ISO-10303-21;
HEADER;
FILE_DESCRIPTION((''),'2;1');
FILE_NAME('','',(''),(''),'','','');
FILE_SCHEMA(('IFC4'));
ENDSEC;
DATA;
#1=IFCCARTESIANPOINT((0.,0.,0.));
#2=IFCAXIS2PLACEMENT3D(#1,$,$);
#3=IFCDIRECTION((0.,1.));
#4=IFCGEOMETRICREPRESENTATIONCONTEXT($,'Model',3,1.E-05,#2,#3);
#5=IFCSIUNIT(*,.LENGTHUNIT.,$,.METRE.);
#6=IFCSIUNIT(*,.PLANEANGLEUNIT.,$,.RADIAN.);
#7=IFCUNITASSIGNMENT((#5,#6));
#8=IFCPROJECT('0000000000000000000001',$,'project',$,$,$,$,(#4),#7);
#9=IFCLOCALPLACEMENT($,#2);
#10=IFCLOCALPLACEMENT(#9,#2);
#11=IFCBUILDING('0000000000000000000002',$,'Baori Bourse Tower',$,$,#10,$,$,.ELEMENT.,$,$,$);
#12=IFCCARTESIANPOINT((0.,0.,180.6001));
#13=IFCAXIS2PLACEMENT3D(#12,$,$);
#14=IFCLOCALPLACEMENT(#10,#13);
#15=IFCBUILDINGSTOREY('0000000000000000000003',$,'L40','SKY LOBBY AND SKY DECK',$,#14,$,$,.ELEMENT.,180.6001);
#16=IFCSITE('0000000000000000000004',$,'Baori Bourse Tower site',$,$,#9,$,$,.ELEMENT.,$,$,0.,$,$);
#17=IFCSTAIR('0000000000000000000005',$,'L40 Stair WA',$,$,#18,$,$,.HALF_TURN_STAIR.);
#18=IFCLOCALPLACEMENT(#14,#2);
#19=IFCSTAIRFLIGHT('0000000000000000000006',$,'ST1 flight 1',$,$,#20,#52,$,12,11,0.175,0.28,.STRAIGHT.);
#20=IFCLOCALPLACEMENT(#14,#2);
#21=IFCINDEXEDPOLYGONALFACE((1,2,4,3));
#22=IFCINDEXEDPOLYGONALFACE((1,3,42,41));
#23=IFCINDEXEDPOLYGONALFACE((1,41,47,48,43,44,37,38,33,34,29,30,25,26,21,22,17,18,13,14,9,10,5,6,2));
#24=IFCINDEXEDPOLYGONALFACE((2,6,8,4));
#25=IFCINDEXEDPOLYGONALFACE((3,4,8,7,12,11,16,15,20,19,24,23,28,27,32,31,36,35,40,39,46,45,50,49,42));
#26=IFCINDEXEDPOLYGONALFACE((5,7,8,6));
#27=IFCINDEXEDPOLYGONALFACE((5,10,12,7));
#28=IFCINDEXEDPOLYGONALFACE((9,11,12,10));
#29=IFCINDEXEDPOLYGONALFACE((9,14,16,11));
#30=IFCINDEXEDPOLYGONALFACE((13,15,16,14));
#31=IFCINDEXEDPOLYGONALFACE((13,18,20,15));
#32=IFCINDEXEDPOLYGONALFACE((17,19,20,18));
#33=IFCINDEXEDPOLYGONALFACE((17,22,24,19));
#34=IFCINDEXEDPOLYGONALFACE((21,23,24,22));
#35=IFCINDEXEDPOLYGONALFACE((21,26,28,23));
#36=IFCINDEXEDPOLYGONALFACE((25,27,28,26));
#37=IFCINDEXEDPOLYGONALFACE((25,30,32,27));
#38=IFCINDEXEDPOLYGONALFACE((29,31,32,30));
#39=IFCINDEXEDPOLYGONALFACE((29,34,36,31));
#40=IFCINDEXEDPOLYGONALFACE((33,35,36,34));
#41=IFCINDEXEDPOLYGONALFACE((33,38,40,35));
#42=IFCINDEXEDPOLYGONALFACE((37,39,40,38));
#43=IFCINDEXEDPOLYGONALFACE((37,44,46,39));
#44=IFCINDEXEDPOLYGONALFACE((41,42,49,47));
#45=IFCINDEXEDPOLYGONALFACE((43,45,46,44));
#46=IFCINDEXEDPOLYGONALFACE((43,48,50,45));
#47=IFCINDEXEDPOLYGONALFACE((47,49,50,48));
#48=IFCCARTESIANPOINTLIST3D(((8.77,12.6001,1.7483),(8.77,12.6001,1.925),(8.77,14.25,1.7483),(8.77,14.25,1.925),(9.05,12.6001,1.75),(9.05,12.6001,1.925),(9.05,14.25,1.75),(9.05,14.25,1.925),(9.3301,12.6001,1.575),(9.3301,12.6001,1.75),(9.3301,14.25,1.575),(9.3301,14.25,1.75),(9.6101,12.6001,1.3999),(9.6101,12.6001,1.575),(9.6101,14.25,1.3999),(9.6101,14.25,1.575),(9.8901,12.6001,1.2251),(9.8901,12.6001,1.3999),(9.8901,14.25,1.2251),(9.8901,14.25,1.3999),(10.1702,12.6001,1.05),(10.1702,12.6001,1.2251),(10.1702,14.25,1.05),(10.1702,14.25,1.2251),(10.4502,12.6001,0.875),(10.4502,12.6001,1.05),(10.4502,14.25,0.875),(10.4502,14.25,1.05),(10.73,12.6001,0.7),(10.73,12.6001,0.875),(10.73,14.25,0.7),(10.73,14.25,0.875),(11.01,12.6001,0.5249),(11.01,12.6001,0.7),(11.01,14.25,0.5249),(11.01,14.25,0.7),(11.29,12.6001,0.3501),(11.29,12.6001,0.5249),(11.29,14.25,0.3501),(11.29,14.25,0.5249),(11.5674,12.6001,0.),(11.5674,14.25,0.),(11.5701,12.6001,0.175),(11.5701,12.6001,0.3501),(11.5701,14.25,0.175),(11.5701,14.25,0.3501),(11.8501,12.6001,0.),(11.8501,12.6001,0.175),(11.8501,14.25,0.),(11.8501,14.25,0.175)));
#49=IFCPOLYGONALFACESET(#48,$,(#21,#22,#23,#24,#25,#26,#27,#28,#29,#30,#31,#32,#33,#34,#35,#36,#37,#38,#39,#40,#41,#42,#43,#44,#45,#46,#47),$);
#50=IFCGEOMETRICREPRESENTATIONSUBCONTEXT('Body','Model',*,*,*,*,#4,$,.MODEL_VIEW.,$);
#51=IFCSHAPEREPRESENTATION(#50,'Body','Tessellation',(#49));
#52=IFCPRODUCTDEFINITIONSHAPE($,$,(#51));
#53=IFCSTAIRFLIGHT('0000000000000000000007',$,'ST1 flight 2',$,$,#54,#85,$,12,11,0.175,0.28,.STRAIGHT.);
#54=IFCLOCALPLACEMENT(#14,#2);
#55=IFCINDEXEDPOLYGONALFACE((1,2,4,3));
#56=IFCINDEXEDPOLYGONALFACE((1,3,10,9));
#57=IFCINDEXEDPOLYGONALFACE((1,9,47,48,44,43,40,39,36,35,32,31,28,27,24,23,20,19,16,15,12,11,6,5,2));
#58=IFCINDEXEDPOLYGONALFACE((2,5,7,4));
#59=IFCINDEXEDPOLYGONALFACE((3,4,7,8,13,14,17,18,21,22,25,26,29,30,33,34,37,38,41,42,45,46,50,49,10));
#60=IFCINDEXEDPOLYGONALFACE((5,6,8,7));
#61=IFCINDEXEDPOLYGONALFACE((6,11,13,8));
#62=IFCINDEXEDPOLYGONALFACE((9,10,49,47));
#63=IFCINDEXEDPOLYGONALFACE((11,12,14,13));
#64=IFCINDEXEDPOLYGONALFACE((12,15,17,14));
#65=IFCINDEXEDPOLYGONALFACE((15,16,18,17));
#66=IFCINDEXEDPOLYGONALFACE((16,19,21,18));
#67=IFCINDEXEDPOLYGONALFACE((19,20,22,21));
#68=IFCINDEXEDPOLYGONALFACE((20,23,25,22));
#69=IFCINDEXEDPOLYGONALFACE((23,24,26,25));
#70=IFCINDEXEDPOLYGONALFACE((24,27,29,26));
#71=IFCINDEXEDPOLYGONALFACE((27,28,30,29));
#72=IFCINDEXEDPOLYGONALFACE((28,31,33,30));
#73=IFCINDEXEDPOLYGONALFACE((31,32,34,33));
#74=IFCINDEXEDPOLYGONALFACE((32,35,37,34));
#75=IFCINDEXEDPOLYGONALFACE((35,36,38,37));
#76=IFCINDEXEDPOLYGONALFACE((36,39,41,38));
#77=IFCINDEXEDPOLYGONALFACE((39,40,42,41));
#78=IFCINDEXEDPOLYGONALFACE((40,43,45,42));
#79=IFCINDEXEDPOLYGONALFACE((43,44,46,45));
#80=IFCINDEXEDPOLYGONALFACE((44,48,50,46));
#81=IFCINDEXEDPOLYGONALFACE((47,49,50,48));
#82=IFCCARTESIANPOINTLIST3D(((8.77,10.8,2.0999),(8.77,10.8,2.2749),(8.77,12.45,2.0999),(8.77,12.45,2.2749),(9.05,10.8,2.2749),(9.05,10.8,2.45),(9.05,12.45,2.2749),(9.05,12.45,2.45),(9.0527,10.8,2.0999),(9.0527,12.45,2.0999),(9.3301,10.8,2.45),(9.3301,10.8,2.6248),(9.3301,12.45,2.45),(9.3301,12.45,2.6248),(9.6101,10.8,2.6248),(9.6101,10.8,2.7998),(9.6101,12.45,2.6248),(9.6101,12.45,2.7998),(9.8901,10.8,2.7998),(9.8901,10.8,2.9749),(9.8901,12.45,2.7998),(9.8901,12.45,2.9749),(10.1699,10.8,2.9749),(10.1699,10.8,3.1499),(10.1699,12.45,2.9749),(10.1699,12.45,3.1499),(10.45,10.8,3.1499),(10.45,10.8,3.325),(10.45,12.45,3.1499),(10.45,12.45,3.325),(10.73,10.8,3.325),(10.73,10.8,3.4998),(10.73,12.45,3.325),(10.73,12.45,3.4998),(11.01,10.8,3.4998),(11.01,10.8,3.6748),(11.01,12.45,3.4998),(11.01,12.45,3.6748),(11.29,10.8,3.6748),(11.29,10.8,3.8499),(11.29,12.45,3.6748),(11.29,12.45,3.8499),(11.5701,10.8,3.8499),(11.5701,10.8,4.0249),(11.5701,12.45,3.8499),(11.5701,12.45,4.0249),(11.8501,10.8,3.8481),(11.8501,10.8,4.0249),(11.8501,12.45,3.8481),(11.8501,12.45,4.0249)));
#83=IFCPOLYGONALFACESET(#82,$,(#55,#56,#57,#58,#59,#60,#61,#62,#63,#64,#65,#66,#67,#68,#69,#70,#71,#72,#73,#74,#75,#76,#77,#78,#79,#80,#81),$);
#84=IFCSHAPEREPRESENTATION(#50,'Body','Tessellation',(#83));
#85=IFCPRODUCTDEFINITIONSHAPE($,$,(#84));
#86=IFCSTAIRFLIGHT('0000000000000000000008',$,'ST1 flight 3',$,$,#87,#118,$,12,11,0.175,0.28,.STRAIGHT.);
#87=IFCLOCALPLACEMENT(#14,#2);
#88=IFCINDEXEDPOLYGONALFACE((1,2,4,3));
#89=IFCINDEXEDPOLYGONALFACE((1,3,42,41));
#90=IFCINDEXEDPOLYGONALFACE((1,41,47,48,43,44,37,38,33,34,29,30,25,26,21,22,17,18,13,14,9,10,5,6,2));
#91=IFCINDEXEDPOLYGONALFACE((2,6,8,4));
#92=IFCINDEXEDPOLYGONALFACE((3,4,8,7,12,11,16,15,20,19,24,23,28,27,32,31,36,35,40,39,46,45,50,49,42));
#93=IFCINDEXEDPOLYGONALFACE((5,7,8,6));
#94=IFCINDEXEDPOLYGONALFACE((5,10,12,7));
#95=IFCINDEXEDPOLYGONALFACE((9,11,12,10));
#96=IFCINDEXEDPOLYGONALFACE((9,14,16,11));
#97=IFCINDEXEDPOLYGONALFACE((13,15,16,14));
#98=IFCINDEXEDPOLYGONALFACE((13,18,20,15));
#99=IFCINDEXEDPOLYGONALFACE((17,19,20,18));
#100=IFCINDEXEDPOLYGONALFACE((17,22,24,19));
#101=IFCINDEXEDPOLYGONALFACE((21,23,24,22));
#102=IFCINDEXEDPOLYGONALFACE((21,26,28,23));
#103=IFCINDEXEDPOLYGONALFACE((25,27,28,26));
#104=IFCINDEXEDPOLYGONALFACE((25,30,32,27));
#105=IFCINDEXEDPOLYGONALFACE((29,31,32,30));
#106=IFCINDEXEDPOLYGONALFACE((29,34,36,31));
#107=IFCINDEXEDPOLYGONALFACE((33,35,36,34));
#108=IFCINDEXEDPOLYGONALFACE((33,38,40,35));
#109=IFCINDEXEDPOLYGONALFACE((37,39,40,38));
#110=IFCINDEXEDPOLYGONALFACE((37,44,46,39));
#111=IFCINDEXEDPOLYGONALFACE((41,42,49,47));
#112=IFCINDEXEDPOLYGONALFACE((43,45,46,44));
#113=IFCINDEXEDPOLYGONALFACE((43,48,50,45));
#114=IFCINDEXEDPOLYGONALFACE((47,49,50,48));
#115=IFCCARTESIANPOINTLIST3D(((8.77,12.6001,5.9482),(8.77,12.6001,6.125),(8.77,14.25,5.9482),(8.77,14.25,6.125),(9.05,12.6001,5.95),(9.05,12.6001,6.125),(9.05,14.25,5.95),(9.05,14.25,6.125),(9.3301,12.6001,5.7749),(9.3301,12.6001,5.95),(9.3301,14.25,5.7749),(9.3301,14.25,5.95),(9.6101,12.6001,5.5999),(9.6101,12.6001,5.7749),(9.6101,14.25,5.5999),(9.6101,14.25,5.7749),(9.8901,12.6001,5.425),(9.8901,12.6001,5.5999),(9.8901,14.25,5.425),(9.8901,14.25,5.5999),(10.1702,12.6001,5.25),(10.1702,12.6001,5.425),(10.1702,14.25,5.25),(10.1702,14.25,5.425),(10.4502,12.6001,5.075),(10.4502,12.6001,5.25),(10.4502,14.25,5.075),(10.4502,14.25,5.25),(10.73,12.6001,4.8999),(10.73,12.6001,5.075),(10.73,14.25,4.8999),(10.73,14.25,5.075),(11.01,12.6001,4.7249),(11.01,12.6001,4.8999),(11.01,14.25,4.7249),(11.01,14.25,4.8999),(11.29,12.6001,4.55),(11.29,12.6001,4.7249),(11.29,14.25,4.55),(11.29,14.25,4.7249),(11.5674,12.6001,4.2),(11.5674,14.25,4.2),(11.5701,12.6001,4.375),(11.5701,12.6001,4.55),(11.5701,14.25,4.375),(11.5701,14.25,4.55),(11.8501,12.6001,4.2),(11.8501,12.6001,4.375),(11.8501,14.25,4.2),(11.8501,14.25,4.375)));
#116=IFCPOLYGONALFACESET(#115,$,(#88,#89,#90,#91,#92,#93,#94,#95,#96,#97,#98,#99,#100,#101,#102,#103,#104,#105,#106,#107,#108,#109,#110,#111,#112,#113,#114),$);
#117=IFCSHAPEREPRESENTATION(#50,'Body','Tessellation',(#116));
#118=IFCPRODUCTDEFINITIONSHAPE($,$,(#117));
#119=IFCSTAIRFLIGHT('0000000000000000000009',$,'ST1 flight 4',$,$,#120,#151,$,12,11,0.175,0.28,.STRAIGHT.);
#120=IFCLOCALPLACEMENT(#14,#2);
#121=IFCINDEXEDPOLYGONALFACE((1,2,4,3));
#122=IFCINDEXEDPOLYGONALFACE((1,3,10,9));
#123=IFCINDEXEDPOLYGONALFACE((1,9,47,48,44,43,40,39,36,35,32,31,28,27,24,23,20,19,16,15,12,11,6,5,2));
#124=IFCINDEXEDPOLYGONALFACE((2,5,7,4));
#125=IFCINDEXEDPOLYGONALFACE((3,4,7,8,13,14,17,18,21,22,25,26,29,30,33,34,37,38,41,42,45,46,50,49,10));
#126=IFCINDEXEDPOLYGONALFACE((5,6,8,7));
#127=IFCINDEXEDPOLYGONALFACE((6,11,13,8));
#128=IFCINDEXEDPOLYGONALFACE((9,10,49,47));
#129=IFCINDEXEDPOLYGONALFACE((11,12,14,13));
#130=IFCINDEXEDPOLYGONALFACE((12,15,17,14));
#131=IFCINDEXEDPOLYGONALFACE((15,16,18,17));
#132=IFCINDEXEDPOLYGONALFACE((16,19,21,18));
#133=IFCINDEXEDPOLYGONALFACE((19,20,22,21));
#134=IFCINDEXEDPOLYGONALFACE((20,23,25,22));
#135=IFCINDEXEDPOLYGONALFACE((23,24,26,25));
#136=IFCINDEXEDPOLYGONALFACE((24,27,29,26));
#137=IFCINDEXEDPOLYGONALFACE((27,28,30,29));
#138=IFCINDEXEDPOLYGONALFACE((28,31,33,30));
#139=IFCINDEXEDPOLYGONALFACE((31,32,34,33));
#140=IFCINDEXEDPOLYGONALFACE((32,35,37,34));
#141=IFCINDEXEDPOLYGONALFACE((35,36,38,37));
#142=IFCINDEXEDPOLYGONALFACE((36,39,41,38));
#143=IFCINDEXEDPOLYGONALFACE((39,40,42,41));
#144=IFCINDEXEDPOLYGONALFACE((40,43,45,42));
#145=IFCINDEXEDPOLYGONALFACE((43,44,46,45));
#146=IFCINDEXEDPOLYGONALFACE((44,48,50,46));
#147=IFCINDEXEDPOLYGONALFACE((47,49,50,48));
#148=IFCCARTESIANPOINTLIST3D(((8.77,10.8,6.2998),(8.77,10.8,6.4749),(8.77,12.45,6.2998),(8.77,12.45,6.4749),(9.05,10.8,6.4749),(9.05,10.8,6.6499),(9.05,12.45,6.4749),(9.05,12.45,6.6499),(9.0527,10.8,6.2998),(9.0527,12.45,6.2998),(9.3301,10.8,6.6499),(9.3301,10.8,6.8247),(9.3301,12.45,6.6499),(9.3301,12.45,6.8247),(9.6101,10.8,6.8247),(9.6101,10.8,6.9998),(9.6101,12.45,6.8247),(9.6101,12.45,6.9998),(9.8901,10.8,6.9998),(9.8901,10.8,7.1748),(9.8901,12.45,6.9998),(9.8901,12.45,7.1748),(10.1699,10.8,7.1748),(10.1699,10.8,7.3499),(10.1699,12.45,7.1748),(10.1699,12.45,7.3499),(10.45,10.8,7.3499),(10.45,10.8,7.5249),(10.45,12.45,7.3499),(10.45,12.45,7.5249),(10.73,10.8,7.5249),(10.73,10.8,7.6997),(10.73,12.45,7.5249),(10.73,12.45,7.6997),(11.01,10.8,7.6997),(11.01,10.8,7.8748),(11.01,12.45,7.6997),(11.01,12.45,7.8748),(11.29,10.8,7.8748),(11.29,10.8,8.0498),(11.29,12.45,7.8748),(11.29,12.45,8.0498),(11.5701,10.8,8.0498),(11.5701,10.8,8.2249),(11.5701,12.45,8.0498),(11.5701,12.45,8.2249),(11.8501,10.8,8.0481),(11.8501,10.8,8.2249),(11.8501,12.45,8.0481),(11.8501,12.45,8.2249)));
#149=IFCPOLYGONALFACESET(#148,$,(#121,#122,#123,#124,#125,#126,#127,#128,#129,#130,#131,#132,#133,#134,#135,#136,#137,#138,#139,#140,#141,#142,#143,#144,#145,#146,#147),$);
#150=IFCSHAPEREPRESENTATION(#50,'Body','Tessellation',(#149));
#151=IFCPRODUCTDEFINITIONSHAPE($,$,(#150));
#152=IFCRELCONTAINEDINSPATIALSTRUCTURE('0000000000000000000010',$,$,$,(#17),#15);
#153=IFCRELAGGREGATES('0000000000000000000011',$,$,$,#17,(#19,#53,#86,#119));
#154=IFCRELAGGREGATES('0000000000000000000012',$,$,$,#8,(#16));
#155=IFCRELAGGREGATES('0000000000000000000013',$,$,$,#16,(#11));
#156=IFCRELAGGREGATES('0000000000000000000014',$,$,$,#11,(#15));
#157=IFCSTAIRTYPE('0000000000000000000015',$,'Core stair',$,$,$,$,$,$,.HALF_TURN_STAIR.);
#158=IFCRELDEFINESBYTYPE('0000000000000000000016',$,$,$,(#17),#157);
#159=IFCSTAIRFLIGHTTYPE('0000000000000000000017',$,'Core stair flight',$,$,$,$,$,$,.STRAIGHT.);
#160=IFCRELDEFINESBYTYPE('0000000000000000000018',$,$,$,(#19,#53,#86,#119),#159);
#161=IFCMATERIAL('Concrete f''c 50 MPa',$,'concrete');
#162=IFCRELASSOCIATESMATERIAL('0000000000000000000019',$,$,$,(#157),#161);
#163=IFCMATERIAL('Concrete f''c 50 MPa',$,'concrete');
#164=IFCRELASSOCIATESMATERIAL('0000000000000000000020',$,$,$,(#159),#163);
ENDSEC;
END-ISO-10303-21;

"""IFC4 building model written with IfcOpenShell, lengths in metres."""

from ifc_helpers import new_model, si_unit, direction, frame, origin, place, context, subcontext, project, spatial, polyline, outline, extrude, material, type_object, element, aggregate, save


model = new_model("IFC4")

# Units and contexts
model_context = context("Model", 3, precision=1e-05, world=origin(), true_north=direction((0.0, 1.0)))
body_context = subcontext(model_context, "Body", "Model", "MODEL_VIEW")
ifc_project = project(units=[si_unit("LENGTHUNIT", "METRE"), si_unit("PLANEANGLEUNIT", "RADIAN")], contexts=[model_context])

# Site, building, storey
site_placement = place(None, origin())
site = spatial("IfcSite", under=ifc_project, at=site_placement, Name="Baori Bourse Tower site", CompositionType="ELEMENT", RefElevation=0.0)
building_placement = place(site_placement, origin())
building = spatial("IfcBuilding", under=site, at=building_placement, Name="Baori Bourse Tower", CompositionType="ELEMENT")
storey_placement = place(building_placement, frame((0.0, 0.0, 180.6001)))
storey = spatial("IfcBuildingStorey", under=building, at=storey_placement, Name="L40", Description="SKY LOBBY AND SKY DECK", CompositionType="ELEMENT", Elevation=180.6001)

# Stair, stair flights
ifc_material_1 = material(Name="Concrete f'c 50 MPa", Category="concrete")
stair_type = type_object("IfcStairType", Name="Core stair", PredefinedType="HALF_TURN_STAIR", material=ifc_material_1)
stair_placement = place(storey_placement, origin())
stair = element("IfcStair", 1, at=stair_placement, inside=storey, type_object=stair_type, Name="L40 Stair WA", PredefinedType="HALF_TURN_STAIR")
ifc_material_2 = material(Name="Concrete f'c 50 MPa", Category="concrete")
stair_flight_type = type_object("IfcStairFlightType", Name="Core stair flight", PredefinedType="STRAIGHT", material=ifc_material_2)
stair_flight_1_placement = place(storey_placement, frame((11.8501, 13.425, 0.0), z_axis=(0.0, 0.0, 1.0), x_axis=(-1.0, 0.0, 0.0)))
stair_flight_1 = element("IfcStairFlight", 2, at=stair_flight_1_placement, type_object=stair_flight_type, Name="ST1 flight 1", NumberOfRisers=12, NumberOfTreads=11, PredefinedType="STRAIGHT", RiserHeight=0.175, TreadLength=0.28, context=body_context, shape_type="SweptSolid", body=[
    extrude(outline(polyline([(0.0, 0.0), (0.0, 0.175), (0.28, 0.175), (0.28, 0.3501), (0.5601, 0.3501), (0.5601, 0.5249), (0.8401, 0.5249), (0.8401, 0.7), (1.1201, 0.7), (1.1201, 0.875), (1.3999, 0.875), (1.3999, 1.05), (1.6799, 1.05), (1.6799, 1.2251), (1.96, 1.2251), (1.96, 1.3999), (2.24, 1.3999), (2.24, 1.575), (2.52, 1.575), (2.52, 1.75), (2.8, 1.75), (2.8, 1.925), (3.0801, 1.925), (3.0801, 2.1001), (3.0801, 1.7483), (0.2827, 0.0), (0.0, 0.0)])), frame((0.0, 0.825, 0.0), z_axis=(0.0, -1.0, 0.0), x_axis=(1.0, 0.0, 0.0)), (0.0, 0.0, 1.0), 1.6499),
])
stair_flight_2_placement = place(storey_placement, frame((8.77, 11.625, 2.0999), z_axis=(0.0, 0.0, 1.0), x_axis=(1.0, 0.0, 0.0)))
stair_flight_2 = element("IfcStairFlight", 3, at=stair_flight_2_placement, type_object=stair_flight_type, Name="ST1 flight 2", NumberOfRisers=12, NumberOfTreads=11, PredefinedType="STRAIGHT", RiserHeight=0.175, TreadLength=0.28, context=body_context, shape_type="SweptSolid", body=[
    extrude(outline(polyline([(0.0, 0.0), (0.0, 0.175), (0.28, 0.175), (0.28, 0.3501), (0.5601, 0.3501), (0.5601, 0.5249), (0.8401, 0.5249), (0.8401, 0.7), (1.1201, 0.7), (1.1201, 0.875), (1.3999, 0.875), (1.3999, 1.05), (1.6799, 1.05), (1.6799, 1.2251), (1.96, 1.2251), (1.96, 1.3999), (2.24, 1.3999), (2.24, 1.575), (2.52, 1.575), (2.52, 1.75), (2.8, 1.75), (2.8, 1.925), (3.0801, 1.925), (3.0801, 2.1001), (3.0801, 1.7483), (0.2827, 0.0), (0.0, 0.0)])), frame((0.0, 0.825, 0.0), z_axis=(0.0, -1.0, 0.0), x_axis=(1.0, 0.0, 0.0)), (0.0, 0.0, 1.0), 1.6499),
])
stair_flight_3_placement = place(storey_placement, frame((11.8501, 13.425, 4.2), z_axis=(0.0, 0.0, 1.0), x_axis=(-1.0, 0.0, 0.0)))
stair_flight_3 = element("IfcStairFlight", 4, at=stair_flight_3_placement, type_object=stair_flight_type, Name="ST1 flight 3", NumberOfRisers=12, NumberOfTreads=11, PredefinedType="STRAIGHT", RiserHeight=0.175, TreadLength=0.28, context=body_context, shape_type="SweptSolid", body=[
    extrude(outline(polyline([(0.0, 0.0), (0.0, 0.175), (0.28, 0.175), (0.28, 0.3501), (0.5601, 0.3501), (0.5601, 0.5249), (0.8401, 0.5249), (0.8401, 0.7), (1.1201, 0.7), (1.1201, 0.875), (1.3999, 0.875), (1.3999, 1.05), (1.6799, 1.05), (1.6799, 1.2251), (1.96, 1.2251), (1.96, 1.3999), (2.24, 1.3999), (2.24, 1.575), (2.52, 1.575), (2.52, 1.75), (2.8, 1.75), (2.8, 1.925), (3.0801, 1.925), (3.0801, 2.1001), (3.0801, 1.7483), (0.2827, 0.0), (0.0, 0.0)])), frame((0.0, 0.825, 0.0), z_axis=(0.0, -1.0, 0.0), x_axis=(1.0, 0.0, 0.0)), (0.0, 0.0, 1.0), 1.6499),
])
stair_flight_4_placement = place(storey_placement, frame((8.77, 11.625, 6.2998), z_axis=(0.0, 0.0, 1.0), x_axis=(1.0, 0.0, 0.0)))
stair_flight_4 = element("IfcStairFlight", 5, at=stair_flight_4_placement, type_object=stair_flight_type, Name="ST1 flight 4", NumberOfRisers=12, NumberOfTreads=11, PredefinedType="STRAIGHT", RiserHeight=0.175, TreadLength=0.28, context=body_context, shape_type="SweptSolid", body=[
    extrude(outline(polyline([(0.0, 0.0), (0.0, 0.175), (0.28, 0.175), (0.28, 0.3501), (0.5601, 0.3501), (0.5601, 0.5249), (0.8401, 0.5249), (0.8401, 0.7), (1.1201, 0.7), (1.1201, 0.875), (1.3999, 0.875), (1.3999, 1.05), (1.6799, 1.05), (1.6799, 1.2251), (1.96, 1.2251), (1.96, 1.3999), (2.24, 1.3999), (2.24, 1.575), (2.52, 1.575), (2.52, 1.75), (2.8, 1.75), (2.8, 1.925), (3.0801, 1.925), (3.0801, 2.1001), (3.0801, 1.7483), (0.2827, 0.0), (0.0, 0.0)])), frame((0.0, 0.825, 0.0), z_axis=(0.0, -1.0, 0.0), x_axis=(1.0, 0.0, 0.0)), (0.0, 0.0, 1.0), 1.6499),
])
aggregate(stair, [stair_flight_1, stair_flight_2, stair_flight_3, stair_flight_4])

save(model, "model.ifc")
